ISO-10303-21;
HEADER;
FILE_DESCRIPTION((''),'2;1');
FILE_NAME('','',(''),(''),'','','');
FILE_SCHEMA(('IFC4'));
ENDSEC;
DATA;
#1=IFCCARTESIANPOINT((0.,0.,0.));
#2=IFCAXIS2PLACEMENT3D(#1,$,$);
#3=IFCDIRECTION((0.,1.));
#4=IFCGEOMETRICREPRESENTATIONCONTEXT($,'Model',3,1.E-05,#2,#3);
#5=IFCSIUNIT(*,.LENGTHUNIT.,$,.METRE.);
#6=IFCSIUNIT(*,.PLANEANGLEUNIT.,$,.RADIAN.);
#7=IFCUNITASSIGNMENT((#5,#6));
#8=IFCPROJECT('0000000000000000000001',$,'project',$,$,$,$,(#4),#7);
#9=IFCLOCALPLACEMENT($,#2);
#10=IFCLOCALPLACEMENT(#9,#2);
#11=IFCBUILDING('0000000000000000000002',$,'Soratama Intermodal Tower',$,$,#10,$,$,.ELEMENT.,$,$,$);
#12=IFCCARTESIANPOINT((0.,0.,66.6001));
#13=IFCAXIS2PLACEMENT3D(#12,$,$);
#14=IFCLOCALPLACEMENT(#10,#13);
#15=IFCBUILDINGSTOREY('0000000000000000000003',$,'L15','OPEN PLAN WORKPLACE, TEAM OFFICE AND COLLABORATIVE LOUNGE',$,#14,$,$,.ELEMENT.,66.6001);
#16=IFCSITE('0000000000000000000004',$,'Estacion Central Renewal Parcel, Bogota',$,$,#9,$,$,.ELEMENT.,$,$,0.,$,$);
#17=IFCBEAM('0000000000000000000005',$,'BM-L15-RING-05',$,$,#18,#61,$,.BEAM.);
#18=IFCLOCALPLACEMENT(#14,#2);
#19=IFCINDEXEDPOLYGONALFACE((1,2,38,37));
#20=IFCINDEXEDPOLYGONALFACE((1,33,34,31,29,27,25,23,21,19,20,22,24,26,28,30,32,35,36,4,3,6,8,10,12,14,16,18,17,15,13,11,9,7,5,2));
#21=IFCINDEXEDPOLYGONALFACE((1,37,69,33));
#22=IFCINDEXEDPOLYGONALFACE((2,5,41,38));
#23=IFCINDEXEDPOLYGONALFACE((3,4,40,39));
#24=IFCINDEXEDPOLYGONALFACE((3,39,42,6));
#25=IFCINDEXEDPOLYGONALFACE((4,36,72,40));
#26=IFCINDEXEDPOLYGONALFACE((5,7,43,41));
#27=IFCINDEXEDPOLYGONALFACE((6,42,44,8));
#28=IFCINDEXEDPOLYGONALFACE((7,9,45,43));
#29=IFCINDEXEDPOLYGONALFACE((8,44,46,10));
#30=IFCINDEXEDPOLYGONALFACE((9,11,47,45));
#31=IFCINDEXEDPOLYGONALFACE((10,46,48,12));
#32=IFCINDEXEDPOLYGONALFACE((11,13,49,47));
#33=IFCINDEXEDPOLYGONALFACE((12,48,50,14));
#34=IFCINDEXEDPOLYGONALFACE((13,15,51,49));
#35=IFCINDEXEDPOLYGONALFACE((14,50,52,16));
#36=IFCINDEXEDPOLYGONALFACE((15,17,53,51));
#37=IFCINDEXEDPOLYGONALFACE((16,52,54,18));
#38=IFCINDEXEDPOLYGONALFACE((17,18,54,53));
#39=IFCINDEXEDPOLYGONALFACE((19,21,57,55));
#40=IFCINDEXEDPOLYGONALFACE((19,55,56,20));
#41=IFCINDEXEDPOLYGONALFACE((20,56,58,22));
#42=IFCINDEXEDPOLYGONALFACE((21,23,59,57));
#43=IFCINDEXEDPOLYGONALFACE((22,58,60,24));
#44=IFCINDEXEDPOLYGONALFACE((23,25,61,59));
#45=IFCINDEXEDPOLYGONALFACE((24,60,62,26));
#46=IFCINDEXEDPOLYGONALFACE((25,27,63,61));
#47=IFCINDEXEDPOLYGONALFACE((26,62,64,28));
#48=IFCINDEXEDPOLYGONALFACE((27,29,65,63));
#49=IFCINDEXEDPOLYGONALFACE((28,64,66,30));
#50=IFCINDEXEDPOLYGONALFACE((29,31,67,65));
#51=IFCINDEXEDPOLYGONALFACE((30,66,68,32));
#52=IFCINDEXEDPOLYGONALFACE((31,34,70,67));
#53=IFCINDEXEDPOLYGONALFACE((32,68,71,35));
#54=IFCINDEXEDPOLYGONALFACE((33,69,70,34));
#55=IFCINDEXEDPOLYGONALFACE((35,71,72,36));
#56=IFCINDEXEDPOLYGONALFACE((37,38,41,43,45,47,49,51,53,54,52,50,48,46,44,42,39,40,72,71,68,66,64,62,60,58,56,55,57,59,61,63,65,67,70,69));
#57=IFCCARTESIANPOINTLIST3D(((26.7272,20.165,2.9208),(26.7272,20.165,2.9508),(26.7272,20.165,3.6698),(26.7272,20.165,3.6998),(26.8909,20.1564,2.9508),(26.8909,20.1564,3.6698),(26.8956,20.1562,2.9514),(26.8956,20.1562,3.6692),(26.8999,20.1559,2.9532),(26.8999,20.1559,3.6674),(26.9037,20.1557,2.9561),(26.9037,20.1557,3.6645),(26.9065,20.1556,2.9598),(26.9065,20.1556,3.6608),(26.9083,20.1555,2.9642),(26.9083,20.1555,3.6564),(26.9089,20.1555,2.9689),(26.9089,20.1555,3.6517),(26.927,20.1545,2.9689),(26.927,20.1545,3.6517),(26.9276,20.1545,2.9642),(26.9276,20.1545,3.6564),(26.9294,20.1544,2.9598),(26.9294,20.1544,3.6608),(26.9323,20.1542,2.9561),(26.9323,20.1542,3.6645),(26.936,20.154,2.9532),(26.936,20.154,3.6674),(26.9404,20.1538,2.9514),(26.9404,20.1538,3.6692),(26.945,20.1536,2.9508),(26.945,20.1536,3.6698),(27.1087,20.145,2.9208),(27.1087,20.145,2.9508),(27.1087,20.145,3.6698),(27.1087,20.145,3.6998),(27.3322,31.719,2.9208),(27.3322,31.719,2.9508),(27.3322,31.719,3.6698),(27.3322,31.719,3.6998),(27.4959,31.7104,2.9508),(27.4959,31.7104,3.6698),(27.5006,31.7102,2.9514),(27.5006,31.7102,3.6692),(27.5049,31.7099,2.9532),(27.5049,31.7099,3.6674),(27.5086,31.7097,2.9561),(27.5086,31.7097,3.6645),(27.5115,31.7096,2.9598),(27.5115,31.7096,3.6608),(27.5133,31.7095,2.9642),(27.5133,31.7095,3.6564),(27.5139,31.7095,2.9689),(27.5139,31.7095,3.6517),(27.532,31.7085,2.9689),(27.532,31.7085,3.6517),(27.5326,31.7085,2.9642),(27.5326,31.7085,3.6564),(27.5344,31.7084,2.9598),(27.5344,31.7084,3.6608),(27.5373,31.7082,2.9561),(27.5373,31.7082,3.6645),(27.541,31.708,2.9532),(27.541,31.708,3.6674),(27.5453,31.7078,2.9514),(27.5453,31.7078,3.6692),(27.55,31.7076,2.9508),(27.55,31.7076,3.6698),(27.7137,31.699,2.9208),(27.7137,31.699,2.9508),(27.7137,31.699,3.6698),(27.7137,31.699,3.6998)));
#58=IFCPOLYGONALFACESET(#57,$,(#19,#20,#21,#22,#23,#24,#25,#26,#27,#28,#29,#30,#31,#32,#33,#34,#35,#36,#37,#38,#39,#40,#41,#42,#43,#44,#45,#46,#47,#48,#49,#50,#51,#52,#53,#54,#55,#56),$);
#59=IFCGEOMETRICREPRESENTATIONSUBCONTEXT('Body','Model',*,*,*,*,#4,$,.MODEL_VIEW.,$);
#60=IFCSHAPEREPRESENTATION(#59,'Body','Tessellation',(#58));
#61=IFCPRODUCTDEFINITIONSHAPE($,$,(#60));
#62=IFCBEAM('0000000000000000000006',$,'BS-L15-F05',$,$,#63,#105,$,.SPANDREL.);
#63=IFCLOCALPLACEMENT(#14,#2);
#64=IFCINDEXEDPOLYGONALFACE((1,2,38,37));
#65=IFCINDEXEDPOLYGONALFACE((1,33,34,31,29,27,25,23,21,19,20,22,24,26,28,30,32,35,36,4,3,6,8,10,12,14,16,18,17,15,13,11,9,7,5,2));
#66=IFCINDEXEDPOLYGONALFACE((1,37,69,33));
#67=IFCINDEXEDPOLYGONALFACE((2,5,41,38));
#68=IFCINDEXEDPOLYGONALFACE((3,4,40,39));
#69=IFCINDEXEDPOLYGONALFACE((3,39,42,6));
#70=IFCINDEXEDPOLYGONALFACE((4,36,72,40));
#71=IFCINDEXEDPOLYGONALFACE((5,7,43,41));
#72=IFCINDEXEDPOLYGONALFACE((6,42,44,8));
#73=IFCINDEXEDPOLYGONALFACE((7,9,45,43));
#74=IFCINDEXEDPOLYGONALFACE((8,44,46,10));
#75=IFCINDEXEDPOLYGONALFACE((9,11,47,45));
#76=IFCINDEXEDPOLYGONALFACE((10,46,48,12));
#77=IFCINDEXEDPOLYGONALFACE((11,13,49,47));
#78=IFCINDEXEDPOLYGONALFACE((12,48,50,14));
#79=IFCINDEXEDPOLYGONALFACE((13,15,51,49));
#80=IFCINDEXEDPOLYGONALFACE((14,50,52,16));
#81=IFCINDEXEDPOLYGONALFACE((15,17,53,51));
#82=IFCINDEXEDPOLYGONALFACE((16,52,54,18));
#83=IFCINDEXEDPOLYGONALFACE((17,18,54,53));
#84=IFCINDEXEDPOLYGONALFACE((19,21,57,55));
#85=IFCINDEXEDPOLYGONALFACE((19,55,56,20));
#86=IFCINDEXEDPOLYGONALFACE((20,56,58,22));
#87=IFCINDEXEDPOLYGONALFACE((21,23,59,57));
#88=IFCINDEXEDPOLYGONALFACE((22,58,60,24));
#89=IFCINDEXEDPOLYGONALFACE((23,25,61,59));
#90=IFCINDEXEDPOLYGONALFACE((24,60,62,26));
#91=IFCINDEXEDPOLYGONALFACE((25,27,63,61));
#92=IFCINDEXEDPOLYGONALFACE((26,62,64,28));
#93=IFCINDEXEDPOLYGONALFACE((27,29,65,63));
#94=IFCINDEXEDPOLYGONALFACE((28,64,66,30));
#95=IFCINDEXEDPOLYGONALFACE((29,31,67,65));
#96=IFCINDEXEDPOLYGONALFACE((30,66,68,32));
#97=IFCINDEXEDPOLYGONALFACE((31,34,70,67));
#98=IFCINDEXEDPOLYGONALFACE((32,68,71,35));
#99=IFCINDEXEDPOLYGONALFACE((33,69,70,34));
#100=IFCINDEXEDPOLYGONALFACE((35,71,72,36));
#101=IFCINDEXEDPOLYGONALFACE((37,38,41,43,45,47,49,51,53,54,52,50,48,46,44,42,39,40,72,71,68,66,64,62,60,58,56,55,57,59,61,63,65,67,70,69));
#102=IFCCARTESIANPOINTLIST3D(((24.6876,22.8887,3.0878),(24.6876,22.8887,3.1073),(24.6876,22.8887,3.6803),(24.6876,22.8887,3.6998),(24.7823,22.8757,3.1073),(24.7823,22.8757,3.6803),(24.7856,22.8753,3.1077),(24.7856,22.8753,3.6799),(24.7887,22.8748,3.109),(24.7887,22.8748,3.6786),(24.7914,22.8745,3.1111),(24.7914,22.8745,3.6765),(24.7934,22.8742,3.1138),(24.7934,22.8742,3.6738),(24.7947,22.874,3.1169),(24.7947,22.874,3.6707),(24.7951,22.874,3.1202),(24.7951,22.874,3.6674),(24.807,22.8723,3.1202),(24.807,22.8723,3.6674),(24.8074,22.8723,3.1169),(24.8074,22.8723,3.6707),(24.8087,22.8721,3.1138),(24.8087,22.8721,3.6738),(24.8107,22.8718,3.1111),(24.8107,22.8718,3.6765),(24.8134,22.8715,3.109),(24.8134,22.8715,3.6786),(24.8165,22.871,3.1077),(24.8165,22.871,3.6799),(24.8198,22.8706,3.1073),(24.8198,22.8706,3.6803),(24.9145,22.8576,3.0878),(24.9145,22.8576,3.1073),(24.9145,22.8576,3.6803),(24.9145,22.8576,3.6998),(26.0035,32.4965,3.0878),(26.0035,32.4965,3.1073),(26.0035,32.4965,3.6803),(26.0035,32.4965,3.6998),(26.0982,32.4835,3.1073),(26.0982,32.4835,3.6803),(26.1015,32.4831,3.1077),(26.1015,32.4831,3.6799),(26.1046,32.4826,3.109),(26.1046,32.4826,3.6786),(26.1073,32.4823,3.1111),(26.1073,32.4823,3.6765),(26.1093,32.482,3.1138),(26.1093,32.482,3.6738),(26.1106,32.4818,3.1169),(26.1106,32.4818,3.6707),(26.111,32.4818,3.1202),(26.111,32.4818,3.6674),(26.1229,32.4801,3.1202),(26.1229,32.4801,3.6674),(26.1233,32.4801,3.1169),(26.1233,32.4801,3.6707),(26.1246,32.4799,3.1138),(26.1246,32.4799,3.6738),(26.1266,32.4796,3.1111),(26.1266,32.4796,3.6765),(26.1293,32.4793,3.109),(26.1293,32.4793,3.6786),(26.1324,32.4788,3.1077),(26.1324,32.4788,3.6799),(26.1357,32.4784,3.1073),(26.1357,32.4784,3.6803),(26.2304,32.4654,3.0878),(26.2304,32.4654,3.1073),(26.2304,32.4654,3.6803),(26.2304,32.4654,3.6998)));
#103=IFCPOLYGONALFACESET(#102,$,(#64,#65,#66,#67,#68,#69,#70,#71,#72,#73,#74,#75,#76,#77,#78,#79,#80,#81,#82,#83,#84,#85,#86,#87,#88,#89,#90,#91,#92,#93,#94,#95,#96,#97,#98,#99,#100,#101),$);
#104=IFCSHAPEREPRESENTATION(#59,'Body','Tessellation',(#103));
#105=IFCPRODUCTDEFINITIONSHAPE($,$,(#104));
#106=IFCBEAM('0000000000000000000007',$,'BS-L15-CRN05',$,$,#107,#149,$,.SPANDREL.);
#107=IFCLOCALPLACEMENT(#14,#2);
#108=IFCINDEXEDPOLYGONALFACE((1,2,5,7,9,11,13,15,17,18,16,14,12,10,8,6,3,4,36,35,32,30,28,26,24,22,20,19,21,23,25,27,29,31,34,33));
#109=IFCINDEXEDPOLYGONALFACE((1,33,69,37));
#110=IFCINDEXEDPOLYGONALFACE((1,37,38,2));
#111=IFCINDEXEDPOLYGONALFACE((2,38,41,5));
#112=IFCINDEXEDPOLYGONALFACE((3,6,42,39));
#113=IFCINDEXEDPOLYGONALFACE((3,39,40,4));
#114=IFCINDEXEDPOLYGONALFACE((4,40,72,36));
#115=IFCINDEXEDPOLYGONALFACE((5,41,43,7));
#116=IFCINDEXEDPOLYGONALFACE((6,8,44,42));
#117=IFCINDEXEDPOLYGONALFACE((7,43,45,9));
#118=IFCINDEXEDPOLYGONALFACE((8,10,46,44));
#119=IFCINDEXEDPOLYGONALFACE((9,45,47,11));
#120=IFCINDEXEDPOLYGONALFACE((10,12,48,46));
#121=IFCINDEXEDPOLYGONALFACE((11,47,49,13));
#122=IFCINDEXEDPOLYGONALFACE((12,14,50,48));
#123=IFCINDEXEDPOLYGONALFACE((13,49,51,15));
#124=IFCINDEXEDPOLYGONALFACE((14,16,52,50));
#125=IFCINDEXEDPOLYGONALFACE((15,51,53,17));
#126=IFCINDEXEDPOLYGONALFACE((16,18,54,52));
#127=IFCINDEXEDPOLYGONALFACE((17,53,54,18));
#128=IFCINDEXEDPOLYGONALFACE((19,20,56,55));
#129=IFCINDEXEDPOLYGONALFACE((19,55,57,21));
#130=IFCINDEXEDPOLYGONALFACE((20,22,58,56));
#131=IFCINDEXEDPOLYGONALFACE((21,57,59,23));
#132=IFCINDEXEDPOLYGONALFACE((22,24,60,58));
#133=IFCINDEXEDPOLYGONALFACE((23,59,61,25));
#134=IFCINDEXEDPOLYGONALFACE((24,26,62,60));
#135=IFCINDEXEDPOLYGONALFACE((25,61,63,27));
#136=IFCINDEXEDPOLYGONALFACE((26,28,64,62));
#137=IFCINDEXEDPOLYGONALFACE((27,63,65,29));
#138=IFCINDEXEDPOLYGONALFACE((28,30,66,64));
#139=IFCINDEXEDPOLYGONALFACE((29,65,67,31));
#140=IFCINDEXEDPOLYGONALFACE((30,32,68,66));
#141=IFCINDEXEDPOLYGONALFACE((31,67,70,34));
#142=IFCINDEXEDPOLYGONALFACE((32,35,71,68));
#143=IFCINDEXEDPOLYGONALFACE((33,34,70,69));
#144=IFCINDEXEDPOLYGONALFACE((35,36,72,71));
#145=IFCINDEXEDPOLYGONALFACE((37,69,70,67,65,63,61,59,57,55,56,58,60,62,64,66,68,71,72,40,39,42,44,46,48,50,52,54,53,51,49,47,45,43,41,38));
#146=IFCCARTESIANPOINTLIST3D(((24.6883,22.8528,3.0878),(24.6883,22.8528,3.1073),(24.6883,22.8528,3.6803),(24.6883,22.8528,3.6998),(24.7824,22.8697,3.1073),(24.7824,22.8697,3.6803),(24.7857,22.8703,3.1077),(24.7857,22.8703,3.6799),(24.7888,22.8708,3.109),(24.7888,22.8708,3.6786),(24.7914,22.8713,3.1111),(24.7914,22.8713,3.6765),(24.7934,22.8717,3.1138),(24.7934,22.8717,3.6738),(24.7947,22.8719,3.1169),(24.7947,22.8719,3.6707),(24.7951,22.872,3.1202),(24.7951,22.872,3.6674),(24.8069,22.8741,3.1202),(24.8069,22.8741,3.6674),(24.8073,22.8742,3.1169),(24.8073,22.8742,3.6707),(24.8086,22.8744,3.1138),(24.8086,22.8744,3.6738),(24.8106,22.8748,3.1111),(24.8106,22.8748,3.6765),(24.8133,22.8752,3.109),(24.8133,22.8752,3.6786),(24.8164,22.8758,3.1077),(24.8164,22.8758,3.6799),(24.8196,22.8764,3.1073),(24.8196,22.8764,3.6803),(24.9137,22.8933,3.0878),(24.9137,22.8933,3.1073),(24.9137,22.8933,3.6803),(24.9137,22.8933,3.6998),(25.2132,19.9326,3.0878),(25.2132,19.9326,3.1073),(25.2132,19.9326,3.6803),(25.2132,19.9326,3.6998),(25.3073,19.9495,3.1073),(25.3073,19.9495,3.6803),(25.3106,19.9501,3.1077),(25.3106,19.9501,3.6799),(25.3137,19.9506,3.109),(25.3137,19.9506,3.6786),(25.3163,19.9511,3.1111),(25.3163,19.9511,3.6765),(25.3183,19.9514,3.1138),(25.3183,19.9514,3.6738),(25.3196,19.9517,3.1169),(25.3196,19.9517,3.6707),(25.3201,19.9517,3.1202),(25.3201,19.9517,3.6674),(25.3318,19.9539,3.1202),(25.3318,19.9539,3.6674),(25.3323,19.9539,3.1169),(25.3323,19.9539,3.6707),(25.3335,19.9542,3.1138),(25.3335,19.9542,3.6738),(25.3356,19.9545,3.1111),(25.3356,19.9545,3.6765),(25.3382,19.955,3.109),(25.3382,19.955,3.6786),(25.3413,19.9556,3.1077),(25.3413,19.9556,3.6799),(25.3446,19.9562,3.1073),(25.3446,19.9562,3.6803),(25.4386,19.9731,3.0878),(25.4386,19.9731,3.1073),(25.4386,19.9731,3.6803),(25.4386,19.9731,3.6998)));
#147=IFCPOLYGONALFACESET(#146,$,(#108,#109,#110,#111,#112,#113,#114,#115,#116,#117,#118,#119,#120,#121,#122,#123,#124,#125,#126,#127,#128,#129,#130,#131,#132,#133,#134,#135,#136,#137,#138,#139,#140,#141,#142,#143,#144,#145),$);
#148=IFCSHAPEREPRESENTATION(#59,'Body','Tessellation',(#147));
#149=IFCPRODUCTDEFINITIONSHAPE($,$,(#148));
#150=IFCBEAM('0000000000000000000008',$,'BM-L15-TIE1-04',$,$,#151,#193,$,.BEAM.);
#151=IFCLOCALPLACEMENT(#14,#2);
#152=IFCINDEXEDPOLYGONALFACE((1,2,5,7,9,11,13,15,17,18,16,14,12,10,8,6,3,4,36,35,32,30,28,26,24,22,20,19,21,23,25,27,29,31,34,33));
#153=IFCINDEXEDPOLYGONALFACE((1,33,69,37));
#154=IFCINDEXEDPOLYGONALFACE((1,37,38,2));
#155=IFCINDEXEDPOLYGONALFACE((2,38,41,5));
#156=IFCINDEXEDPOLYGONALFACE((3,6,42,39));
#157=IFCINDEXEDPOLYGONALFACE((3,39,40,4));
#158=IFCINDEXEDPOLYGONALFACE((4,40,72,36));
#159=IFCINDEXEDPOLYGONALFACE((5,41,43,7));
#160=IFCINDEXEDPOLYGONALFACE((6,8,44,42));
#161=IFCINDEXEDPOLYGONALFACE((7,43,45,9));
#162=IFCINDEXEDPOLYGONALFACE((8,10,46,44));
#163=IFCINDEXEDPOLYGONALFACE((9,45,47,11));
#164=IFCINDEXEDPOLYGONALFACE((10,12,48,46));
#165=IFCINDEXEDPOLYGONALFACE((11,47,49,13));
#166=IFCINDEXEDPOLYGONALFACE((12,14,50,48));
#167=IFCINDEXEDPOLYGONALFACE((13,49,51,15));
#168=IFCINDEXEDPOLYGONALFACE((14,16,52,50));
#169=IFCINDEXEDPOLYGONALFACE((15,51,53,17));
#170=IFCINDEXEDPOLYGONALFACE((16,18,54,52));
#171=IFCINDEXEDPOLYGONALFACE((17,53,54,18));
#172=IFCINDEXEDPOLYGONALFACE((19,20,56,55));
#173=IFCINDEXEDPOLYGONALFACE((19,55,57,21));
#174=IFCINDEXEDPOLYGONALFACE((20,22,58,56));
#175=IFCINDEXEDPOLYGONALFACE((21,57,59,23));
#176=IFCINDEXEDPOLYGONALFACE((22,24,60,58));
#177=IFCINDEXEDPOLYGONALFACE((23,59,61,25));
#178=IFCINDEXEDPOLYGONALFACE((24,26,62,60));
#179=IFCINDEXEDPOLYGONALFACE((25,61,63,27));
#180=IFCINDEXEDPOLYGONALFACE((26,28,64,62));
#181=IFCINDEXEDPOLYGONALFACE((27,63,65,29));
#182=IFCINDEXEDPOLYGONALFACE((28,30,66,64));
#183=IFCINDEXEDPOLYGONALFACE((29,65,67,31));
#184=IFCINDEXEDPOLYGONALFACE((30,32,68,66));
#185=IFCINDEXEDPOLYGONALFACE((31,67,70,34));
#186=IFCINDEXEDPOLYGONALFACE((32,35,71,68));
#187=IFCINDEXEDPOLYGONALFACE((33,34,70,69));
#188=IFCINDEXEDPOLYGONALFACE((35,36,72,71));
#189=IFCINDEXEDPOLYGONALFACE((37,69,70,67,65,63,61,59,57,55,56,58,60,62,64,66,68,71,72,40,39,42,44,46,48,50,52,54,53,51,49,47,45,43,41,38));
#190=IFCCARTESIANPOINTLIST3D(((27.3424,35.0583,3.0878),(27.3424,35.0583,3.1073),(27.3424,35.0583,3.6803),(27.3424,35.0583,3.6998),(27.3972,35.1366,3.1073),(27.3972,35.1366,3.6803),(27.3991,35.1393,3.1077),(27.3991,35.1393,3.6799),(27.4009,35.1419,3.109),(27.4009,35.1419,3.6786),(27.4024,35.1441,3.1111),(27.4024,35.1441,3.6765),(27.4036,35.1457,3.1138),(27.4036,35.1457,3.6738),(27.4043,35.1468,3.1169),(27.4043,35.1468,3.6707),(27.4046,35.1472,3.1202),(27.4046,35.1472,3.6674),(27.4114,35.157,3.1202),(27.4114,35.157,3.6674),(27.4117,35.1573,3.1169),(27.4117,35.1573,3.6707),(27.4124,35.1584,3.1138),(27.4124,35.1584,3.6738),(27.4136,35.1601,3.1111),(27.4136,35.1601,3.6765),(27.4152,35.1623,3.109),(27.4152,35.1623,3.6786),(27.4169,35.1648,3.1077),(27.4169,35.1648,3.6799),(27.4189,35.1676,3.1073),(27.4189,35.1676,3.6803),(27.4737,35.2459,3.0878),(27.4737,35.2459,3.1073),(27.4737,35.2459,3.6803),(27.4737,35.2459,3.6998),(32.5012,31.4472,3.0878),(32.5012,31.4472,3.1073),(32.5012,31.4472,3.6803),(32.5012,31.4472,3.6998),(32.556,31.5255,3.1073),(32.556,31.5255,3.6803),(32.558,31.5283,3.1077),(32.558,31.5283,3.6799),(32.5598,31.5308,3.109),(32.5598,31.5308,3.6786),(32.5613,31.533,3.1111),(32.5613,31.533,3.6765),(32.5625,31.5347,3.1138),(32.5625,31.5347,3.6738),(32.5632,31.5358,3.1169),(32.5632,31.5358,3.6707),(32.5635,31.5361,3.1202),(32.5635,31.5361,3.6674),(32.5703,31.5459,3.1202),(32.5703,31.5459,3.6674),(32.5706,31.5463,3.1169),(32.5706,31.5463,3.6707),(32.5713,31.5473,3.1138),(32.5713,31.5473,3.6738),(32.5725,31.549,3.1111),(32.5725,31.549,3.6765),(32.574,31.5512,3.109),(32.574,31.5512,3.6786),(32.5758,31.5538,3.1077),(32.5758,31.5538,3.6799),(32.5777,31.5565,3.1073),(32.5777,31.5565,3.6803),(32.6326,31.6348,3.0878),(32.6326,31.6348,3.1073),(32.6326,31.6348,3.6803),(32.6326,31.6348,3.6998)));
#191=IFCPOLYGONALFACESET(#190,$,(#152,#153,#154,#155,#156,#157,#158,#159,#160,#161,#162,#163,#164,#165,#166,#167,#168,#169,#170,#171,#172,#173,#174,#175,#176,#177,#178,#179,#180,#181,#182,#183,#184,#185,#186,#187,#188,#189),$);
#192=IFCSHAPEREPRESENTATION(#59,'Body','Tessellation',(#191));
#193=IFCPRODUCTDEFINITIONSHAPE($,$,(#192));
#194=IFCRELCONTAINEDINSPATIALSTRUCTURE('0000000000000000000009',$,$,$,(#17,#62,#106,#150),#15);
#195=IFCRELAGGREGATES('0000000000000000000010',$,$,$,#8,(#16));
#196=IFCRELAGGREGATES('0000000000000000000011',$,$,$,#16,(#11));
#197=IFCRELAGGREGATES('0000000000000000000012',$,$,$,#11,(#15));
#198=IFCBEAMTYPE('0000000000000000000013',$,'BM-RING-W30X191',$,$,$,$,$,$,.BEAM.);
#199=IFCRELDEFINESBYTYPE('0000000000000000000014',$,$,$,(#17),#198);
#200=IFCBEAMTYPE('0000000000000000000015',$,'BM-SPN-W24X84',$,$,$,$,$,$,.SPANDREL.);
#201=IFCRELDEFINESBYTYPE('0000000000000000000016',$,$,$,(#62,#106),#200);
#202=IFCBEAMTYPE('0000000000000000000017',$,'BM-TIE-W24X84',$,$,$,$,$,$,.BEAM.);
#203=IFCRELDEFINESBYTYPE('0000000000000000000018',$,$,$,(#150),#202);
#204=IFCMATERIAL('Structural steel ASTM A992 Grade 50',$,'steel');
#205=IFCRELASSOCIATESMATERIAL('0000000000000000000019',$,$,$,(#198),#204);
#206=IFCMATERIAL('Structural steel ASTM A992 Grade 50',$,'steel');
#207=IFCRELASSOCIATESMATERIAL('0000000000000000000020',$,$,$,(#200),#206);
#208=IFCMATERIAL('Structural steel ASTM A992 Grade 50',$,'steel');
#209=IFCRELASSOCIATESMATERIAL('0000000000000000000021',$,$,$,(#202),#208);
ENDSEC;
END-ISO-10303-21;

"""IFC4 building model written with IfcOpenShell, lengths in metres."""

from ifc_helpers import new_model, si_unit, direction, frame, origin, origin_2d, place, context, subcontext, project, spatial, i_section, extrude, material, material_profile, profile_set, type_object, element, save


model = new_model("IFC4")

# Units and contexts
model_context = context("Model", 3, precision=1e-05, world=origin(), true_north=direction((0.0, 1.0)))
body_context = subcontext(model_context, "Body", "Model", "MODEL_VIEW")
ifc_project = project(units=[si_unit("LENGTHUNIT", "METRE"), si_unit("PLANEANGLEUNIT", "RADIAN")], contexts=[model_context])

# Site, building, storey
site_placement = place(None, origin())
site = spatial("IfcSite", under=ifc_project, at=site_placement, Name="Estacion Central Renewal Parcel, Bogota", CompositionType="ELEMENT", RefElevation=0.0)
building_placement = place(site_placement, origin())
building = spatial("IfcBuilding", under=site, at=building_placement, Name="Soratama Intermodal Tower", CompositionType="ELEMENT")
storey_placement = place(building_placement, frame((0.0, 0.0, 66.6001)))
storey = spatial("IfcBuildingStorey", under=building, at=storey_placement, Name="L15", Description="OPEN PLAN WORKPLACE, TEAM OFFICE AND COLLABORATIVE LOUNGE", CompositionType="ELEMENT", Elevation=66.6001)

# Beams
ifc_material_1 = material(Name="Structural steel ASTM A992 Grade 50", Category="steel")
ifc_material_profile_1 = material_profile(ifc_material_1, i_section(OverallWidth=0.3821, OverallDepth=0.7791, WebThickness=0.0181, FlangeThickness=0.03, FilletRadius=0.0181, at=origin_2d()), Name="W30X191")
ifc_profile_set_1 = profile_set([ifc_material_profile_1], Name="Structural steel ASTM A992 Grade 50")
beam_type_1 = type_object("IfcBeamType", Name="BM-RING-W30X191", PredefinedType="BEAM", material=ifc_profile_set_1)
beam_1_placement = place(storey_placement, frame((27.5229, 31.709, 3.3103), z_axis=(-0.05229, -0.998632, 0.0), x_axis=(0.998632, -0.05229, 0.0)))
element("IfcBeam", 1, at=beam_1_placement, inside=storey, type_object=beam_type_1, Name="BM-L15-RING-05", PredefinedType="BEAM", context=body_context, shape_type="SweptSolid", body=[
    extrude(i_section(OverallWidth=0.3821, OverallDepth=0.7791, WebThickness=0.0181, FlangeThickness=0.03, FilletRadius=0.0181, at=origin_2d()), origin(), (0.0, 0.0, 1.0), 11.5698),
])
ifc_material_2 = material(Name="Structural steel ASTM A992 Grade 50", Category="steel")
ifc_material_profile_2 = material_profile(ifc_material_2, i_section(OverallWidth=0.229, OverallDepth=0.6121, WebThickness=0.012, FlangeThickness=0.0195, FilletRadius=0.0129, at=origin_2d()), Name="W24X84")
ifc_profile_set_2 = profile_set([ifc_material_profile_2], Name="Structural steel ASTM A992 Grade 50")
beam_type_2 = type_object("IfcBeamType", Name="BM-SPN-W24X84", PredefinedType="SPANDREL", material=ifc_profile_set_2)
beam_2_placement = place(storey_placement, frame((26.1169, 32.481, 3.3938), z_axis=(-0.135695, -0.990751, 0.0), x_axis=(0.990751, -0.135695, 0.0)))
element("IfcBeam", 2, at=beam_2_placement, inside=storey, type_object=beam_type_2, Name="BS-L15-F05", PredefinedType="SPANDREL", context=body_context, shape_type="SweptSolid", body=[
    extrude(i_section(OverallWidth=0.229, OverallDepth=0.6121, WebThickness=0.012, FlangeThickness=0.0195, FilletRadius=0.0129, at=origin_2d()), origin(), (0.0, 0.0, 1.0), 9.6975),
])
beam_3_placement = place(storey_placement, frame((24.801, 22.873, 3.3938), z_axis=(0.176915, -0.984226, 0.0), x_axis=(0.984226, 0.176915, 0.0)))
element("IfcBeam", 3, at=beam_3_placement, inside=storey, type_object=beam_type_2, Name="BS-L15-CRN05", PredefinedType="SPANDREL", context=body_context, shape_type="SweptSolid", body=[
    extrude(i_section(OverallWidth=0.229, OverallDepth=0.6121, WebThickness=0.012, FlangeThickness=0.0195, FilletRadius=0.0129, at=origin_2d()), origin(), (0.0, 0.0, 1.0), 2.967),
])
ifc_material_3 = material(Name="Structural steel ASTM A992 Grade 50", Category="steel")
ifc_material_profile_3 = material_profile(ifc_material_3, i_section(OverallWidth=0.229, OverallDepth=0.6121, WebThickness=0.012, FlangeThickness=0.0195, FilletRadius=0.0129, at=origin_2d()), Name="W24X84")
ifc_profile_set_3 = profile_set([ifc_material_profile_3], Name="Structural steel ASTM A992 Grade 50")
beam_type_3 = type_object("IfcBeamType", Name="BM-TIE-W24X84", PredefinedType="BEAM", material=ifc_profile_set_3)
beam_4_placement = place(storey_placement, frame((32.5669, 31.541, 3.3938), z_axis=(-0.819245, 0.573444, 0.0), x_axis=(-0.573444, -0.819245, 0.0)))
element("IfcBeam", 4, at=beam_4_placement, inside=storey, type_object=beam_type_3, Name="BM-L15-TIE1-04", PredefinedType="BEAM", context=body_context, shape_type="SweptSolid", body=[
    extrude(i_section(OverallWidth=0.229, OverallDepth=0.6121, WebThickness=0.012, FlangeThickness=0.0195, FilletRadius=0.0129, at=origin_2d()), origin(), (0.0, 0.0, 1.0), 6.2971),
])

save(model, "model.ifc")
